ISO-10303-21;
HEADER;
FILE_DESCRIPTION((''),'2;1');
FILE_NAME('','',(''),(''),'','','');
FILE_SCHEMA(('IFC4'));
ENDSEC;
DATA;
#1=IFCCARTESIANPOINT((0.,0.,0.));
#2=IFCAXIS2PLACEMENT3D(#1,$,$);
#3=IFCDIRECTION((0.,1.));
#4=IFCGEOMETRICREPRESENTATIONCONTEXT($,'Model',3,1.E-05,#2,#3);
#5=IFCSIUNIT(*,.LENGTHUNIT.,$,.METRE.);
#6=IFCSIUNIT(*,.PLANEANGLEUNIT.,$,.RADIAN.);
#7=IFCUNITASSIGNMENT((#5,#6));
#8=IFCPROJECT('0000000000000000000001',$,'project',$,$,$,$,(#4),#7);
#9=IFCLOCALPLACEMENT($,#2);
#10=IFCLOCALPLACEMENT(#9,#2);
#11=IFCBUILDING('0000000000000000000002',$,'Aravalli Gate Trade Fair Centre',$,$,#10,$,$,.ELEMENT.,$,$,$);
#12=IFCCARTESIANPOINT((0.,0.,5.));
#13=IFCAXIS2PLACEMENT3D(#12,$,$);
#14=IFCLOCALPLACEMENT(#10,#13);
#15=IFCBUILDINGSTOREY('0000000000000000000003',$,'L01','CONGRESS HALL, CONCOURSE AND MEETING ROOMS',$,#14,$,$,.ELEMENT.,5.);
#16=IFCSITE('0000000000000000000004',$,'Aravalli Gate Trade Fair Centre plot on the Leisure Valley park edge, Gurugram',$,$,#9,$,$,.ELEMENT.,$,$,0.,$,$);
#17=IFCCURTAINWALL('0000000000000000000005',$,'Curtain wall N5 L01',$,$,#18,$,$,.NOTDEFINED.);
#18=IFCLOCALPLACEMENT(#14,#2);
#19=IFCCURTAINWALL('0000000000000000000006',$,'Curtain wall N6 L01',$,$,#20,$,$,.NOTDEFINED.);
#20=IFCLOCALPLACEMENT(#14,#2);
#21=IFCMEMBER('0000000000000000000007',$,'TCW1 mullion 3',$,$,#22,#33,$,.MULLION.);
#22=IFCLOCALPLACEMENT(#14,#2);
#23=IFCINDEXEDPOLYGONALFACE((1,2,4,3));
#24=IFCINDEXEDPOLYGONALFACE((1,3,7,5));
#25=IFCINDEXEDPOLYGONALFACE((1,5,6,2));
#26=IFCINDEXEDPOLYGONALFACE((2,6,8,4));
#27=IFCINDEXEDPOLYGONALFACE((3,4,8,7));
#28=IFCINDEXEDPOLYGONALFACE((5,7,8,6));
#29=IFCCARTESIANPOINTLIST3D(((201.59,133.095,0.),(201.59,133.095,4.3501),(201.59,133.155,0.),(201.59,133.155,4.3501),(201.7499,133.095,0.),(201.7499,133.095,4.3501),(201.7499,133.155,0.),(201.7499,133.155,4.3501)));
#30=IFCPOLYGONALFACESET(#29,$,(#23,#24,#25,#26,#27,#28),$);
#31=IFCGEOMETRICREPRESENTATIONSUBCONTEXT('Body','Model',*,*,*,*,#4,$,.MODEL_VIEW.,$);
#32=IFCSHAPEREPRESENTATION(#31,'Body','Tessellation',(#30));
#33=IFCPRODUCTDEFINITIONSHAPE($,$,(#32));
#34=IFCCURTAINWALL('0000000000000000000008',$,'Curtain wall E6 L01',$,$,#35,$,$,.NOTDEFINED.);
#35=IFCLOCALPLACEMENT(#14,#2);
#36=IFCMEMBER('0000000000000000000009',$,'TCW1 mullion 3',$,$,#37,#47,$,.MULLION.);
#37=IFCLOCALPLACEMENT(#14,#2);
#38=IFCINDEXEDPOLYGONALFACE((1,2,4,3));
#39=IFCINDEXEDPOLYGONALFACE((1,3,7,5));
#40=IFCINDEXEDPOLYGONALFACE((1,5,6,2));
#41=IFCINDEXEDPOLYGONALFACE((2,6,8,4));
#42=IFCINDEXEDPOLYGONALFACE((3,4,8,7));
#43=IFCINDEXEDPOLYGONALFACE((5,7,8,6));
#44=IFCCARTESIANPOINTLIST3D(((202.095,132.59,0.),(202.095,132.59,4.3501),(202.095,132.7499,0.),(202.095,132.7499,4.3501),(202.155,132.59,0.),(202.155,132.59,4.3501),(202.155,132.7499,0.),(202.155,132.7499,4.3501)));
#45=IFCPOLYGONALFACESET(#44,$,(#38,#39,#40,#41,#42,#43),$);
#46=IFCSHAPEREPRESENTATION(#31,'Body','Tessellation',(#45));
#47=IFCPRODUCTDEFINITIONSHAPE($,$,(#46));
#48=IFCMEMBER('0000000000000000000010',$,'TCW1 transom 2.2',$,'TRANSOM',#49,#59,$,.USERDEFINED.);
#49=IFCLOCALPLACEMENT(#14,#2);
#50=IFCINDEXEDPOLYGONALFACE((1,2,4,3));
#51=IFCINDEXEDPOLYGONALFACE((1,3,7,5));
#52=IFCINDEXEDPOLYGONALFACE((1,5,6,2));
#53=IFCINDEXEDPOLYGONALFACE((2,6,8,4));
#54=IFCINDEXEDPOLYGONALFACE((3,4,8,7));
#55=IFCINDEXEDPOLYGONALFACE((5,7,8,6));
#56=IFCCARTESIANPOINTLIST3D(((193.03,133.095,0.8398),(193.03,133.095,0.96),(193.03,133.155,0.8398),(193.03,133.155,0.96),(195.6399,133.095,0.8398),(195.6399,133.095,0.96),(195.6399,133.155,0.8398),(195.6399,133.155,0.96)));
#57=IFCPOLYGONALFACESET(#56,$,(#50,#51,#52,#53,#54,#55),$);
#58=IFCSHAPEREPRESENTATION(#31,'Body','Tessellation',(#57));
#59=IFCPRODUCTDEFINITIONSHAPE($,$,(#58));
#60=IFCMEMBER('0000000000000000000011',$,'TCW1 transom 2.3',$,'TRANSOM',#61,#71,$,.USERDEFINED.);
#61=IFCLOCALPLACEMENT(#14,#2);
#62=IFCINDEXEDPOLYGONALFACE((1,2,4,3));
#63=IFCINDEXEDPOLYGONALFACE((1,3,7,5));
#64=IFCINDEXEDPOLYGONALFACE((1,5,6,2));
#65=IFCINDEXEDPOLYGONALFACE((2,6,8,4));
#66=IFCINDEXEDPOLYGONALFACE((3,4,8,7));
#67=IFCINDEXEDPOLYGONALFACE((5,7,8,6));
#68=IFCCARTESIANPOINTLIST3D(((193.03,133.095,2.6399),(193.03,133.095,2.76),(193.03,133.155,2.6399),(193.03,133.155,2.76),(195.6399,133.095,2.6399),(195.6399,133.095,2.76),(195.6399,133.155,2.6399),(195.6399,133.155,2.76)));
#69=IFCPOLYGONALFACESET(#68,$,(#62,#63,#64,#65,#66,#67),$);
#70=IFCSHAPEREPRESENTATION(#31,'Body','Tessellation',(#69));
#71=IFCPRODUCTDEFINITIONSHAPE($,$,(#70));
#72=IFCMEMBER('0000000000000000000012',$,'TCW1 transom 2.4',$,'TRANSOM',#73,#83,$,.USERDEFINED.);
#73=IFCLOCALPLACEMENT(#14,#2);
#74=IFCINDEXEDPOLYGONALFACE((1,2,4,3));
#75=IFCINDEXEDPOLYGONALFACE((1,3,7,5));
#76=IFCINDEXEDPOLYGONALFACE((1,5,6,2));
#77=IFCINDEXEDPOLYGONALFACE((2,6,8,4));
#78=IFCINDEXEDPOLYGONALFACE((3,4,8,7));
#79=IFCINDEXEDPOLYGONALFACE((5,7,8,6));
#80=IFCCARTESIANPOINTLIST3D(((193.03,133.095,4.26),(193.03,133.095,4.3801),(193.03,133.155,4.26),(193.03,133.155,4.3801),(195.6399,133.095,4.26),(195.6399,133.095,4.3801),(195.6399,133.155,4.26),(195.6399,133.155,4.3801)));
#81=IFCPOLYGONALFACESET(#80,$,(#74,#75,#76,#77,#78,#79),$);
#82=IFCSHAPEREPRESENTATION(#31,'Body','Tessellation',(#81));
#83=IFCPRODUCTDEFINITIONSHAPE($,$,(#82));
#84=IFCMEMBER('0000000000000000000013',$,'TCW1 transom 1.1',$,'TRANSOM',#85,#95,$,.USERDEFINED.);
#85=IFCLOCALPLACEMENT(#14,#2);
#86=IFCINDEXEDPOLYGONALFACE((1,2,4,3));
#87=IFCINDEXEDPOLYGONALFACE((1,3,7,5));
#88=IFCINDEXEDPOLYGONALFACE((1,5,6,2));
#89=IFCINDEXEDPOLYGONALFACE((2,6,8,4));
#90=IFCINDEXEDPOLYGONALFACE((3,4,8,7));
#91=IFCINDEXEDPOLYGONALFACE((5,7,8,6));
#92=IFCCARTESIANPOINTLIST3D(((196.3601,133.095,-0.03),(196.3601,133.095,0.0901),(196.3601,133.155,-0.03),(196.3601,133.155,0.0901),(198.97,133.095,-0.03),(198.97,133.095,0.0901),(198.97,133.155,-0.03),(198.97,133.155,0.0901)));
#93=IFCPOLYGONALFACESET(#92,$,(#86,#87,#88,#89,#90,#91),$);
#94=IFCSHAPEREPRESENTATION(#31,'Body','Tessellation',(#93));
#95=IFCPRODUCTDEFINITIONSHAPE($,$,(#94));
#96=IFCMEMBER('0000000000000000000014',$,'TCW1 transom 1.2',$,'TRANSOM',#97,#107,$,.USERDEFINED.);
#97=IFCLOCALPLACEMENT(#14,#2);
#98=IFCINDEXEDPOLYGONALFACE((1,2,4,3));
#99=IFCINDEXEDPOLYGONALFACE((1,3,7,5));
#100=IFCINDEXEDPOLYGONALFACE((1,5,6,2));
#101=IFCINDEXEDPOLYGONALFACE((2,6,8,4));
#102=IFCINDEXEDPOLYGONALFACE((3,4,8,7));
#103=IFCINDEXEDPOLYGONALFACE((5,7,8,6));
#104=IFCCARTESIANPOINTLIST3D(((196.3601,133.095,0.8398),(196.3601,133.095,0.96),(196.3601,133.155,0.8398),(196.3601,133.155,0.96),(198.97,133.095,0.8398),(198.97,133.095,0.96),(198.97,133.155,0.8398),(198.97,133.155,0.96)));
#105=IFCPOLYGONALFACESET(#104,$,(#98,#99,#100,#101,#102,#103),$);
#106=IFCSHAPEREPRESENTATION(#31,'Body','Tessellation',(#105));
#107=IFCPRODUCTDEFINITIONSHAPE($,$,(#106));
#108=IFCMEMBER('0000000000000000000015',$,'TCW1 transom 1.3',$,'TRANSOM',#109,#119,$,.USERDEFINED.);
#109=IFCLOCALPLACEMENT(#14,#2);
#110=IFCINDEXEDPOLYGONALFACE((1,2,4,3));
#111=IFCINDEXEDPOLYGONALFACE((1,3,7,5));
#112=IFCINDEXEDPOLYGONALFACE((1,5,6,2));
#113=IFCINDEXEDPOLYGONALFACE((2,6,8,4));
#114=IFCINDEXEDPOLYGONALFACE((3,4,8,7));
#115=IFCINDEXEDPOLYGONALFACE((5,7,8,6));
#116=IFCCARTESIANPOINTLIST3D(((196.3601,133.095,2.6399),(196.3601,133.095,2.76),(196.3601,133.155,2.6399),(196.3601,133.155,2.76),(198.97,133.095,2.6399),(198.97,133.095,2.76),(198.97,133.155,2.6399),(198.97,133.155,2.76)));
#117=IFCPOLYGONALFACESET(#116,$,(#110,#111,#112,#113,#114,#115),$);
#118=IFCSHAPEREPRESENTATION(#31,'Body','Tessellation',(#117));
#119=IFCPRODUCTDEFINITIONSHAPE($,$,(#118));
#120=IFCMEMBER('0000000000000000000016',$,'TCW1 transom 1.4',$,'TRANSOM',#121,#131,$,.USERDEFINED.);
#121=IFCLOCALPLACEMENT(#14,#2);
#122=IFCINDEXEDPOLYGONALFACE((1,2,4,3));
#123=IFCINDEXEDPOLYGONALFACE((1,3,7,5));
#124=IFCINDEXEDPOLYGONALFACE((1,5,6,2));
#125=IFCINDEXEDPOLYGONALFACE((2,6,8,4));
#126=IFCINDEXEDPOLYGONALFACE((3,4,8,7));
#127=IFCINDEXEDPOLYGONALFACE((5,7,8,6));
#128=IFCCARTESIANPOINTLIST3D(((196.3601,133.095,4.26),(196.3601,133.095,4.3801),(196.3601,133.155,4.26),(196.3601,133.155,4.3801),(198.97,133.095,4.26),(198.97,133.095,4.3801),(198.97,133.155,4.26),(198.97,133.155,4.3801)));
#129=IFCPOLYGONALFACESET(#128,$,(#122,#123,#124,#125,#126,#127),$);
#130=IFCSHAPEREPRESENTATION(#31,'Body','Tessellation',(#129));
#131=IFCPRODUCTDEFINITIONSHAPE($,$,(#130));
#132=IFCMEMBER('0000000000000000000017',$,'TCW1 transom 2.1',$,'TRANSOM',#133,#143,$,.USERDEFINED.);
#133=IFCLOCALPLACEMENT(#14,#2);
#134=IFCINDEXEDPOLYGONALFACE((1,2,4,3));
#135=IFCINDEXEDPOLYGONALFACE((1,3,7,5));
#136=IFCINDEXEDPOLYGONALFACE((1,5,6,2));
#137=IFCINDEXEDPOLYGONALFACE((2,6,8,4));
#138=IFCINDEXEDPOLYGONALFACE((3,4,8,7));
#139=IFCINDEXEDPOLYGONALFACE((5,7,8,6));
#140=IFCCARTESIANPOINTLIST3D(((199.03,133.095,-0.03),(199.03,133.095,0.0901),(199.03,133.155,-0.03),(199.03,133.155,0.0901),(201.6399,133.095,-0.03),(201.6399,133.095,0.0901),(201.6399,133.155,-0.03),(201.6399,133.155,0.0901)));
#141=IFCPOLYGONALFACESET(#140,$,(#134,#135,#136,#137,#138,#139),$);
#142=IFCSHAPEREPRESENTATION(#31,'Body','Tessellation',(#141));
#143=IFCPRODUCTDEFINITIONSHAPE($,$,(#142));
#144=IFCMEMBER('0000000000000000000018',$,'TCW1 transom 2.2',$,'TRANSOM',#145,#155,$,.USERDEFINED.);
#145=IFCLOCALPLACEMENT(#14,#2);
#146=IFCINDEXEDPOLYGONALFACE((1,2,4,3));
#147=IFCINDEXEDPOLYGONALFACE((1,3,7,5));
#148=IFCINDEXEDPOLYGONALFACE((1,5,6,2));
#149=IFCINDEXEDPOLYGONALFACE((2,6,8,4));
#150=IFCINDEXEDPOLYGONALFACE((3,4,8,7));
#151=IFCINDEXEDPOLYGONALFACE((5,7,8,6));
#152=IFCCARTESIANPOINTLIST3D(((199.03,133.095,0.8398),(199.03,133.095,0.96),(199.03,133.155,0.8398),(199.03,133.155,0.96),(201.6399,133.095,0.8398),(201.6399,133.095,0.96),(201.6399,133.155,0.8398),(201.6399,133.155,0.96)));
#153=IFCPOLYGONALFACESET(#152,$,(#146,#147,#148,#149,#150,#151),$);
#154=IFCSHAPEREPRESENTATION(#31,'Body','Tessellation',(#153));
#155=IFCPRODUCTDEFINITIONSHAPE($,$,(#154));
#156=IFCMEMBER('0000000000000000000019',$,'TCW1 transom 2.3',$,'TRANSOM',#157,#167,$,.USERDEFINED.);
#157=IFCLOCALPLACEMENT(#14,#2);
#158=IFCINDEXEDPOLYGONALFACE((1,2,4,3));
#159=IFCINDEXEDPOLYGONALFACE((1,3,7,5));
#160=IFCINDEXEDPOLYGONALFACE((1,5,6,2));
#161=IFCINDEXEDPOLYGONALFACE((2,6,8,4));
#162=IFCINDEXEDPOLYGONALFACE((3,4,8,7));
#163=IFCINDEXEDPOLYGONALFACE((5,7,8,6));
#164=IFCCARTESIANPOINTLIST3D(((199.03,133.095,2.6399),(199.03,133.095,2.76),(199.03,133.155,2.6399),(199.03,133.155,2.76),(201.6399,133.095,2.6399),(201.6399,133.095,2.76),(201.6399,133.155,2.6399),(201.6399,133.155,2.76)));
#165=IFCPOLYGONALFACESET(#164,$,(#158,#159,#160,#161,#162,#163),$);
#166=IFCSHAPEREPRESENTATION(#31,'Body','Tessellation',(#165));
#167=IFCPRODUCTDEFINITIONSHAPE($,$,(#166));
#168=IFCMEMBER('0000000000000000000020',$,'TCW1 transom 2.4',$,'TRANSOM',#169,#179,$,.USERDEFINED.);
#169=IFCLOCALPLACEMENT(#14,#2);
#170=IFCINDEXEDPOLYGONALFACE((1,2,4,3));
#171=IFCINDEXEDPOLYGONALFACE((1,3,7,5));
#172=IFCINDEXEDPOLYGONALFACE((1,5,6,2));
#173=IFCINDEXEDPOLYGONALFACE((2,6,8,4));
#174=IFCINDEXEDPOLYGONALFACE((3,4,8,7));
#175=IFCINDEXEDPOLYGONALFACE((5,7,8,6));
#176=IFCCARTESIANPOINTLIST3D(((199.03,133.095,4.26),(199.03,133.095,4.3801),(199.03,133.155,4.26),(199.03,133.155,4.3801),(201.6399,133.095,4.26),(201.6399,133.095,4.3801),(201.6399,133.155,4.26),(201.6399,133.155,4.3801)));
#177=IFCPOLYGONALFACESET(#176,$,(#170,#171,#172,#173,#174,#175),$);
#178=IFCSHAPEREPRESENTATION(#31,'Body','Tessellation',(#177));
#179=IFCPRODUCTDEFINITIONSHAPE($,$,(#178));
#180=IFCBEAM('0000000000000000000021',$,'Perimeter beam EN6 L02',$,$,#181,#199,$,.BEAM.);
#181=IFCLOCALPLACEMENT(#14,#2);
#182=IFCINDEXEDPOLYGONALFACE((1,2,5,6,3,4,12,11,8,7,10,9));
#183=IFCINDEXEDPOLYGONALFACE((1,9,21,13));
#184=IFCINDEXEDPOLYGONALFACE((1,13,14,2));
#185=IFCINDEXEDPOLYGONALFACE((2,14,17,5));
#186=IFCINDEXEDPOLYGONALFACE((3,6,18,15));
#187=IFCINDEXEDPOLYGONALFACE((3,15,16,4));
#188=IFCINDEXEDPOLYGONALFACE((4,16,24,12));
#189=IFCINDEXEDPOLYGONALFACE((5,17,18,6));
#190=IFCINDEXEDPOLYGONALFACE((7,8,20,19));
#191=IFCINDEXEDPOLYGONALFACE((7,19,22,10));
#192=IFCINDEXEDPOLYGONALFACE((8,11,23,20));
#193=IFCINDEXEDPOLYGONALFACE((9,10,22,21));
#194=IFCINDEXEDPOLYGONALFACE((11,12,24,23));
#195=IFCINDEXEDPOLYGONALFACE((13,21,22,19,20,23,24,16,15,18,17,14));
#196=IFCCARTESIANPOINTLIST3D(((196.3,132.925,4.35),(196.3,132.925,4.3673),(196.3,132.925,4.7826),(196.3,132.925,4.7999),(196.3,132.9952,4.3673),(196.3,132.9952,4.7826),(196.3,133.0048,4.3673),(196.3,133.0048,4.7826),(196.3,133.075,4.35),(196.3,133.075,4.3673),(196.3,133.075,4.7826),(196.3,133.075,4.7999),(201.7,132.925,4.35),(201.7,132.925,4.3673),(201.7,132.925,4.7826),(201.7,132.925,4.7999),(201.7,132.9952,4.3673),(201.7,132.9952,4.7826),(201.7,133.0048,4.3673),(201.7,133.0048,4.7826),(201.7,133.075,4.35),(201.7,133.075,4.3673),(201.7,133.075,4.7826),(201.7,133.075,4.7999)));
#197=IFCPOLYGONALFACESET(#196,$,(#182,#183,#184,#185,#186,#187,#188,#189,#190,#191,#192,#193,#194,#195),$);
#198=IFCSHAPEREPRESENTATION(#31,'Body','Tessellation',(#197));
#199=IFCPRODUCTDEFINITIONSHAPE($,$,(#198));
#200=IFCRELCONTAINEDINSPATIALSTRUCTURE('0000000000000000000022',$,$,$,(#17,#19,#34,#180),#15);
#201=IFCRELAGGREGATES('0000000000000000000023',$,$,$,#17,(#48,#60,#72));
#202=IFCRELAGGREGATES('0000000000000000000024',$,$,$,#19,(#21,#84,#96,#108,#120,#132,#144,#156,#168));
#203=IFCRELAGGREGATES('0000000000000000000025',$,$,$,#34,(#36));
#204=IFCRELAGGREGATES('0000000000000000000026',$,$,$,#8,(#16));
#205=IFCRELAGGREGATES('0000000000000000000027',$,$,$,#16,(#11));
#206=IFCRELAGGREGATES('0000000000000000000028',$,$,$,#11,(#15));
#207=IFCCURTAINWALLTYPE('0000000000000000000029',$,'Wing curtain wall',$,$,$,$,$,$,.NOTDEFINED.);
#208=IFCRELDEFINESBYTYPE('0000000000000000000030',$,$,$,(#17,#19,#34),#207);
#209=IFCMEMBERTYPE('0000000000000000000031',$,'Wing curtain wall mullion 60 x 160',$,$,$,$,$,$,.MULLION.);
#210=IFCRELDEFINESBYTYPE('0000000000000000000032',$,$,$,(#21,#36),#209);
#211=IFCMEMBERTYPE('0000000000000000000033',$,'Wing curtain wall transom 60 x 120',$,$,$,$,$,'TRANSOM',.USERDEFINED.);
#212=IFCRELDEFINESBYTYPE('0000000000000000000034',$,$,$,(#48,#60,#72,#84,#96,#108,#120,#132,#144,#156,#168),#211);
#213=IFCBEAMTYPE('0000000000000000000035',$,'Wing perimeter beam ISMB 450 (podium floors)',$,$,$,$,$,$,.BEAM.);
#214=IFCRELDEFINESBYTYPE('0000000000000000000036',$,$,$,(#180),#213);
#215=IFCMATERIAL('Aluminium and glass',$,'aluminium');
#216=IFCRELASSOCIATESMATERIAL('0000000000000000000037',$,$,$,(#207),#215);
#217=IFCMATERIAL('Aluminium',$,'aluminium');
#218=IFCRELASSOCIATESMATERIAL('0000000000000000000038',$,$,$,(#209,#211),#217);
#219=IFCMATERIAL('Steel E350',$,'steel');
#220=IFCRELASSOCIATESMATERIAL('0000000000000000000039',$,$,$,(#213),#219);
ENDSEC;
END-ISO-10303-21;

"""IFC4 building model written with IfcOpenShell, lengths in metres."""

from ifc_helpers import new_model, si_unit, direction, frame, origin, origin_2d, place, context, subcontext, project, spatial, rectangle, i_section, extrude, material, material_profile, profile_set, type_object, element, aggregate, save


model = new_model("IFC4")

# Units and contexts
model_context = context("Model", 3, precision=1e-05, world=origin(), true_north=direction((0.0, 1.0)))
body_context = subcontext(model_context, "Body", "Model", "MODEL_VIEW")
ifc_project = project(units=[si_unit("LENGTHUNIT", "METRE"), si_unit("PLANEANGLEUNIT", "RADIAN")], contexts=[model_context])

# Site, building, storey
site_placement = place(None, origin())
site = spatial("IfcSite", under=ifc_project, at=site_placement, Name="Aravalli Gate Trade Fair Centre plot on the Leisure Valley park edge, Gurugram", CompositionType="ELEMENT", RefElevation=0.0)
building_placement = place(site_placement, origin())
building = spatial("IfcBuilding", under=site, at=building_placement, Name="Aravalli Gate Trade Fair Centre", CompositionType="ELEMENT")
storey_placement = place(building_placement, frame((0.0, 0.0, 5.0)))
storey = spatial("IfcBuildingStorey", under=building, at=storey_placement, Name="L01", Description="CONGRESS HALL, CONCOURSE AND MEETING ROOMS", CompositionType="ELEMENT", Elevation=5.0)

# Shared definitions
ifc_material_1 = material(Name="Steel E350", Category="steel")

# Curtain wall
ifc_material_2 = material(Name="Aluminium and glass", Category="aluminium")
curtain_wall_type = type_object("IfcCurtainWallType", Name="Wing curtain wall", PredefinedType="NOTDEFINED", material=ifc_material_2)
curtain_wall_1_placement = place(storey_placement, origin())
curtain_wall_1 = element("IfcCurtainWall", 1, at=curtain_wall_1_placement, inside=storey, type_object=curtain_wall_type, Name="Curtain wall N5 L01", PredefinedType="NOTDEFINED")
ifc_material_3 = material(Name="Aluminium", Category="aluminium")
ifc_material_profile_1 = material_profile(ifc_material_3, rectangle(XDim=0.0601, YDim=0.1599, at=origin_2d()), Name="Wing curtain wall mullion 60 x 160")
ifc_profile_set_1 = profile_set([ifc_material_profile_1], Name="Aluminium")
member_type_1 = type_object("IfcMemberType", Name="Wing curtain wall mullion 60 x 160", PredefinedType="MULLION", material=ifc_profile_set_1)

# Curtain wall, member
curtain_wall_2_placement = place(storey_placement, origin())
curtain_wall_2 = element("IfcCurtainWall", 2, at=curtain_wall_2_placement, inside=storey, type_object=curtain_wall_type, Name="Curtain wall N6 L01", PredefinedType="NOTDEFINED")
member_1_placement = place(storey_placement, frame((201.6699, 133.125, 0.0), z_axis=(0.0, 0.0, 1.0), x_axis=(0.0, 1.0, 0.0)))
member_1 = element("IfcMember", 3, at=member_1_placement, type_object=member_type_1, Name="TCW1 mullion 3", PredefinedType="MULLION", context=body_context, shape_type="SweptSolid", body=[
    extrude(rectangle(XDim=0.0601, YDim=0.1599, at=origin_2d()), origin(), (0.0, 0.0, 1.0), 4.3501),
])

# Curtain wall, member
curtain_wall_3_placement = place(storey_placement, origin())
curtain_wall_3 = element("IfcCurtainWall", 4, at=curtain_wall_3_placement, inside=storey, type_object=curtain_wall_type, Name="Curtain wall E6 L01", PredefinedType="NOTDEFINED")
member_2_placement = place(storey_placement, frame((202.125, 132.6699, 0.0), z_axis=(0.0, 0.0, 1.0), x_axis=(-1.0, 0.0, 0.0)))
member_2 = element("IfcMember", 5, at=member_2_placement, type_object=member_type_1, Name="TCW1 mullion 3", PredefinedType="MULLION", context=body_context, shape_type="SweptSolid", body=[
    extrude(rectangle(XDim=0.0601, YDim=0.1599, at=origin_2d()), origin(), (0.0, 0.0, 1.0), 4.3501),
])

# Members
ifc_material_profile_2 = material_profile(ifc_material_3, rectangle(XDim=0.0601, YDim=0.1201, at=origin_2d()), Name="Wing curtain wall transom 60 x 120")
ifc_profile_set_2 = profile_set([ifc_material_profile_2], Name="Aluminium")
member_type_2 = type_object("IfcMemberType", Name="Wing curtain wall transom 60 x 120", ElementType="TRANSOM", PredefinedType="USERDEFINED", material=ifc_profile_set_2)
member_3_placement = place(storey_placement, frame((193.03, 133.125, 0.8999), z_axis=(1.0, 0.0, 0.0), x_axis=(0.0, 1.0, 0.0)))
member_3 = element("IfcMember", 6, at=member_3_placement, type_object=member_type_2, Name="TCW1 transom 2.2", ObjectType="TRANSOM", PredefinedType="USERDEFINED", context=body_context, shape_type="SweptSolid", body=[
    extrude(rectangle(XDim=0.0601, YDim=0.1201, at=origin_2d()), origin(), (0.0, 0.0, 1.0), 2.6099),
])
member_4_placement = place(storey_placement, frame((193.03, 133.125, 2.7), z_axis=(1.0, 0.0, 0.0), x_axis=(0.0, 1.0, 0.0)))
member_4 = element("IfcMember", 7, at=member_4_placement, type_object=member_type_2, Name="TCW1 transom 2.3", ObjectType="TRANSOM", PredefinedType="USERDEFINED", context=body_context, shape_type="SweptSolid", body=[
    extrude(rectangle(XDim=0.0601, YDim=0.1201, at=origin_2d()), origin(), (0.0, 0.0, 1.0), 2.6099),
])
member_5_placement = place(storey_placement, frame((193.03, 133.125, 4.3201), z_axis=(1.0, 0.0, 0.0), x_axis=(0.0, 1.0, 0.0)))
member_5 = element("IfcMember", 8, at=member_5_placement, type_object=member_type_2, Name="TCW1 transom 2.4", ObjectType="TRANSOM", PredefinedType="USERDEFINED", context=body_context, shape_type="SweptSolid", body=[
    extrude(rectangle(XDim=0.0601, YDim=0.1201, at=origin_2d()), origin(), (0.0, 0.0, 1.0), 2.6099),
])
member_6_placement = place(storey_placement, frame((196.3601, 133.125, 0.03), z_axis=(1.0, 0.0, 0.0), x_axis=(0.0, 1.0, 0.0)))
member_6 = element("IfcMember", 9, at=member_6_placement, type_object=member_type_2, Name="TCW1 transom 1.1", ObjectType="TRANSOM", PredefinedType="USERDEFINED", context=body_context, shape_type="SweptSolid", body=[
    extrude(rectangle(XDim=0.0601, YDim=0.1201, at=origin_2d()), origin(), (0.0, 0.0, 1.0), 2.6099),
])
member_7_placement = place(storey_placement, frame((196.3601, 133.125, 0.8999), z_axis=(1.0, 0.0, 0.0), x_axis=(0.0, 1.0, 0.0)))
member_7 = element("IfcMember", 10, at=member_7_placement, type_object=member_type_2, Name="TCW1 transom 1.2", ObjectType="TRANSOM", PredefinedType="USERDEFINED", context=body_context, shape_type="SweptSolid", body=[
    extrude(rectangle(XDim=0.0601, YDim=0.1201, at=origin_2d()), origin(), (0.0, 0.0, 1.0), 2.6099),
])
member_8_placement = place(storey_placement, frame((196.3601, 133.125, 2.7), z_axis=(1.0, 0.0, 0.0), x_axis=(0.0, 1.0, 0.0)))
member_8 = element("IfcMember", 11, at=member_8_placement, type_object=member_type_2, Name="TCW1 transom 1.3", ObjectType="TRANSOM", PredefinedType="USERDEFINED", context=body_context, shape_type="SweptSolid", body=[
    extrude(rectangle(XDim=0.0601, YDim=0.1201, at=origin_2d()), origin(), (0.0, 0.0, 1.0), 2.6099),
])
member_9_placement = place(storey_placement, frame((196.3601, 133.125, 4.3201), z_axis=(1.0, 0.0, 0.0), x_axis=(0.0, 1.0, 0.0)))
member_9 = element("IfcMember", 12, at=member_9_placement, type_object=member_type_2, Name="TCW1 transom 1.4", ObjectType="TRANSOM", PredefinedType="USERDEFINED", context=body_context, shape_type="SweptSolid", body=[
    extrude(rectangle(XDim=0.0601, YDim=0.1201, at=origin_2d()), origin(), (0.0, 0.0, 1.0), 2.6099),
])
member_10_placement = place(storey_placement, frame((199.03, 133.125, 0.03), z_axis=(1.0, 0.0, 0.0), x_axis=(0.0, 1.0, 0.0)))
member_10 = element("IfcMember", 13, at=member_10_placement, type_object=member_type_2, Name="TCW1 transom 2.1", ObjectType="TRANSOM", PredefinedType="USERDEFINED", context=body_context, shape_type="SweptSolid", body=[
    extrude(rectangle(XDim=0.0601, YDim=0.1201, at=origin_2d()), origin(), (0.0, 0.0, 1.0), 2.6099),
])
member_11_placement = place(storey_placement, frame((199.03, 133.125, 0.8999), z_axis=(1.0, 0.0, 0.0), x_axis=(0.0, 1.0, 0.0)))
member_11 = element("IfcMember", 14, at=member_11_placement, type_object=member_type_2, Name="TCW1 transom 2.2", ObjectType="TRANSOM", PredefinedType="USERDEFINED", context=body_context, shape_type="SweptSolid", body=[
    extrude(rectangle(XDim=0.0601, YDim=0.1201, at=origin_2d()), origin(), (0.0, 0.0, 1.0), 2.6099),
])
member_12_placement = place(storey_placement, frame((199.03, 133.125, 2.7), z_axis=(1.0, 0.0, 0.0), x_axis=(0.0, 1.0, 0.0)))
member_12 = element("IfcMember", 15, at=member_12_placement, type_object=member_type_2, Name="TCW1 transom 2.3", ObjectType="TRANSOM", PredefinedType="USERDEFINED", context=body_context, shape_type="SweptSolid", body=[
    extrude(rectangle(XDim=0.0601, YDim=0.1201, at=origin_2d()), origin(), (0.0, 0.0, 1.0), 2.6099),
])
member_13_placement = place(storey_placement, frame((199.03, 133.125, 4.3201), z_axis=(1.0, 0.0, 0.0), x_axis=(0.0, 1.0, 0.0)))
member_13 = element("IfcMember", 16, at=member_13_placement, type_object=member_type_2, Name="TCW1 transom 2.4", ObjectType="TRANSOM", PredefinedType="USERDEFINED", context=body_context, shape_type="SweptSolid", body=[
    extrude(rectangle(XDim=0.0601, YDim=0.1201, at=origin_2d()), origin(), (0.0, 0.0, 1.0), 2.6099),
])

# Beam
ifc_material_profile_3 = material_profile(ifc_material_1, i_section(OverallWidth=0.1499, OverallDepth=0.45, WebThickness=0.0095, FlangeThickness=0.0173, at=origin_2d()), Name="ISMB 450")
ifc_profile_set_3 = profile_set([ifc_material_profile_3], Name="Steel E350")
beam_type_1 = type_object("IfcBeamType", Name="Wing perimeter beam ISMB 450 (podium floors)", PredefinedType="BEAM", material=ifc_profile_set_3)
beam_placement = place(storey_placement, frame((196.3, 133.0, 4.575), z_axis=(1.0, 0.0, 0.0), x_axis=(0.0, 1.0, 0.0)))
element("IfcBeam", 17, at=beam_placement, inside=storey, type_object=beam_type_1, Name="Perimeter beam EN6 L02", PredefinedType="BEAM", context=body_context, shape_type="SweptSolid", body=[
    extrude(i_section(OverallWidth=0.1499, OverallDepth=0.45, WebThickness=0.0095, FlangeThickness=0.0173, at=origin_2d()), origin(), (0.0, 0.0, 1.0), 5.3999),
])

aggregate(curtain_wall_1, [member_3, member_4, member_5])
aggregate(curtain_wall_2, [member_1, member_6, member_7, member_8, member_9, member_10, member_11, member_12, member_13])
aggregate(curtain_wall_3, [member_2])

save(model, "model.ifc")
